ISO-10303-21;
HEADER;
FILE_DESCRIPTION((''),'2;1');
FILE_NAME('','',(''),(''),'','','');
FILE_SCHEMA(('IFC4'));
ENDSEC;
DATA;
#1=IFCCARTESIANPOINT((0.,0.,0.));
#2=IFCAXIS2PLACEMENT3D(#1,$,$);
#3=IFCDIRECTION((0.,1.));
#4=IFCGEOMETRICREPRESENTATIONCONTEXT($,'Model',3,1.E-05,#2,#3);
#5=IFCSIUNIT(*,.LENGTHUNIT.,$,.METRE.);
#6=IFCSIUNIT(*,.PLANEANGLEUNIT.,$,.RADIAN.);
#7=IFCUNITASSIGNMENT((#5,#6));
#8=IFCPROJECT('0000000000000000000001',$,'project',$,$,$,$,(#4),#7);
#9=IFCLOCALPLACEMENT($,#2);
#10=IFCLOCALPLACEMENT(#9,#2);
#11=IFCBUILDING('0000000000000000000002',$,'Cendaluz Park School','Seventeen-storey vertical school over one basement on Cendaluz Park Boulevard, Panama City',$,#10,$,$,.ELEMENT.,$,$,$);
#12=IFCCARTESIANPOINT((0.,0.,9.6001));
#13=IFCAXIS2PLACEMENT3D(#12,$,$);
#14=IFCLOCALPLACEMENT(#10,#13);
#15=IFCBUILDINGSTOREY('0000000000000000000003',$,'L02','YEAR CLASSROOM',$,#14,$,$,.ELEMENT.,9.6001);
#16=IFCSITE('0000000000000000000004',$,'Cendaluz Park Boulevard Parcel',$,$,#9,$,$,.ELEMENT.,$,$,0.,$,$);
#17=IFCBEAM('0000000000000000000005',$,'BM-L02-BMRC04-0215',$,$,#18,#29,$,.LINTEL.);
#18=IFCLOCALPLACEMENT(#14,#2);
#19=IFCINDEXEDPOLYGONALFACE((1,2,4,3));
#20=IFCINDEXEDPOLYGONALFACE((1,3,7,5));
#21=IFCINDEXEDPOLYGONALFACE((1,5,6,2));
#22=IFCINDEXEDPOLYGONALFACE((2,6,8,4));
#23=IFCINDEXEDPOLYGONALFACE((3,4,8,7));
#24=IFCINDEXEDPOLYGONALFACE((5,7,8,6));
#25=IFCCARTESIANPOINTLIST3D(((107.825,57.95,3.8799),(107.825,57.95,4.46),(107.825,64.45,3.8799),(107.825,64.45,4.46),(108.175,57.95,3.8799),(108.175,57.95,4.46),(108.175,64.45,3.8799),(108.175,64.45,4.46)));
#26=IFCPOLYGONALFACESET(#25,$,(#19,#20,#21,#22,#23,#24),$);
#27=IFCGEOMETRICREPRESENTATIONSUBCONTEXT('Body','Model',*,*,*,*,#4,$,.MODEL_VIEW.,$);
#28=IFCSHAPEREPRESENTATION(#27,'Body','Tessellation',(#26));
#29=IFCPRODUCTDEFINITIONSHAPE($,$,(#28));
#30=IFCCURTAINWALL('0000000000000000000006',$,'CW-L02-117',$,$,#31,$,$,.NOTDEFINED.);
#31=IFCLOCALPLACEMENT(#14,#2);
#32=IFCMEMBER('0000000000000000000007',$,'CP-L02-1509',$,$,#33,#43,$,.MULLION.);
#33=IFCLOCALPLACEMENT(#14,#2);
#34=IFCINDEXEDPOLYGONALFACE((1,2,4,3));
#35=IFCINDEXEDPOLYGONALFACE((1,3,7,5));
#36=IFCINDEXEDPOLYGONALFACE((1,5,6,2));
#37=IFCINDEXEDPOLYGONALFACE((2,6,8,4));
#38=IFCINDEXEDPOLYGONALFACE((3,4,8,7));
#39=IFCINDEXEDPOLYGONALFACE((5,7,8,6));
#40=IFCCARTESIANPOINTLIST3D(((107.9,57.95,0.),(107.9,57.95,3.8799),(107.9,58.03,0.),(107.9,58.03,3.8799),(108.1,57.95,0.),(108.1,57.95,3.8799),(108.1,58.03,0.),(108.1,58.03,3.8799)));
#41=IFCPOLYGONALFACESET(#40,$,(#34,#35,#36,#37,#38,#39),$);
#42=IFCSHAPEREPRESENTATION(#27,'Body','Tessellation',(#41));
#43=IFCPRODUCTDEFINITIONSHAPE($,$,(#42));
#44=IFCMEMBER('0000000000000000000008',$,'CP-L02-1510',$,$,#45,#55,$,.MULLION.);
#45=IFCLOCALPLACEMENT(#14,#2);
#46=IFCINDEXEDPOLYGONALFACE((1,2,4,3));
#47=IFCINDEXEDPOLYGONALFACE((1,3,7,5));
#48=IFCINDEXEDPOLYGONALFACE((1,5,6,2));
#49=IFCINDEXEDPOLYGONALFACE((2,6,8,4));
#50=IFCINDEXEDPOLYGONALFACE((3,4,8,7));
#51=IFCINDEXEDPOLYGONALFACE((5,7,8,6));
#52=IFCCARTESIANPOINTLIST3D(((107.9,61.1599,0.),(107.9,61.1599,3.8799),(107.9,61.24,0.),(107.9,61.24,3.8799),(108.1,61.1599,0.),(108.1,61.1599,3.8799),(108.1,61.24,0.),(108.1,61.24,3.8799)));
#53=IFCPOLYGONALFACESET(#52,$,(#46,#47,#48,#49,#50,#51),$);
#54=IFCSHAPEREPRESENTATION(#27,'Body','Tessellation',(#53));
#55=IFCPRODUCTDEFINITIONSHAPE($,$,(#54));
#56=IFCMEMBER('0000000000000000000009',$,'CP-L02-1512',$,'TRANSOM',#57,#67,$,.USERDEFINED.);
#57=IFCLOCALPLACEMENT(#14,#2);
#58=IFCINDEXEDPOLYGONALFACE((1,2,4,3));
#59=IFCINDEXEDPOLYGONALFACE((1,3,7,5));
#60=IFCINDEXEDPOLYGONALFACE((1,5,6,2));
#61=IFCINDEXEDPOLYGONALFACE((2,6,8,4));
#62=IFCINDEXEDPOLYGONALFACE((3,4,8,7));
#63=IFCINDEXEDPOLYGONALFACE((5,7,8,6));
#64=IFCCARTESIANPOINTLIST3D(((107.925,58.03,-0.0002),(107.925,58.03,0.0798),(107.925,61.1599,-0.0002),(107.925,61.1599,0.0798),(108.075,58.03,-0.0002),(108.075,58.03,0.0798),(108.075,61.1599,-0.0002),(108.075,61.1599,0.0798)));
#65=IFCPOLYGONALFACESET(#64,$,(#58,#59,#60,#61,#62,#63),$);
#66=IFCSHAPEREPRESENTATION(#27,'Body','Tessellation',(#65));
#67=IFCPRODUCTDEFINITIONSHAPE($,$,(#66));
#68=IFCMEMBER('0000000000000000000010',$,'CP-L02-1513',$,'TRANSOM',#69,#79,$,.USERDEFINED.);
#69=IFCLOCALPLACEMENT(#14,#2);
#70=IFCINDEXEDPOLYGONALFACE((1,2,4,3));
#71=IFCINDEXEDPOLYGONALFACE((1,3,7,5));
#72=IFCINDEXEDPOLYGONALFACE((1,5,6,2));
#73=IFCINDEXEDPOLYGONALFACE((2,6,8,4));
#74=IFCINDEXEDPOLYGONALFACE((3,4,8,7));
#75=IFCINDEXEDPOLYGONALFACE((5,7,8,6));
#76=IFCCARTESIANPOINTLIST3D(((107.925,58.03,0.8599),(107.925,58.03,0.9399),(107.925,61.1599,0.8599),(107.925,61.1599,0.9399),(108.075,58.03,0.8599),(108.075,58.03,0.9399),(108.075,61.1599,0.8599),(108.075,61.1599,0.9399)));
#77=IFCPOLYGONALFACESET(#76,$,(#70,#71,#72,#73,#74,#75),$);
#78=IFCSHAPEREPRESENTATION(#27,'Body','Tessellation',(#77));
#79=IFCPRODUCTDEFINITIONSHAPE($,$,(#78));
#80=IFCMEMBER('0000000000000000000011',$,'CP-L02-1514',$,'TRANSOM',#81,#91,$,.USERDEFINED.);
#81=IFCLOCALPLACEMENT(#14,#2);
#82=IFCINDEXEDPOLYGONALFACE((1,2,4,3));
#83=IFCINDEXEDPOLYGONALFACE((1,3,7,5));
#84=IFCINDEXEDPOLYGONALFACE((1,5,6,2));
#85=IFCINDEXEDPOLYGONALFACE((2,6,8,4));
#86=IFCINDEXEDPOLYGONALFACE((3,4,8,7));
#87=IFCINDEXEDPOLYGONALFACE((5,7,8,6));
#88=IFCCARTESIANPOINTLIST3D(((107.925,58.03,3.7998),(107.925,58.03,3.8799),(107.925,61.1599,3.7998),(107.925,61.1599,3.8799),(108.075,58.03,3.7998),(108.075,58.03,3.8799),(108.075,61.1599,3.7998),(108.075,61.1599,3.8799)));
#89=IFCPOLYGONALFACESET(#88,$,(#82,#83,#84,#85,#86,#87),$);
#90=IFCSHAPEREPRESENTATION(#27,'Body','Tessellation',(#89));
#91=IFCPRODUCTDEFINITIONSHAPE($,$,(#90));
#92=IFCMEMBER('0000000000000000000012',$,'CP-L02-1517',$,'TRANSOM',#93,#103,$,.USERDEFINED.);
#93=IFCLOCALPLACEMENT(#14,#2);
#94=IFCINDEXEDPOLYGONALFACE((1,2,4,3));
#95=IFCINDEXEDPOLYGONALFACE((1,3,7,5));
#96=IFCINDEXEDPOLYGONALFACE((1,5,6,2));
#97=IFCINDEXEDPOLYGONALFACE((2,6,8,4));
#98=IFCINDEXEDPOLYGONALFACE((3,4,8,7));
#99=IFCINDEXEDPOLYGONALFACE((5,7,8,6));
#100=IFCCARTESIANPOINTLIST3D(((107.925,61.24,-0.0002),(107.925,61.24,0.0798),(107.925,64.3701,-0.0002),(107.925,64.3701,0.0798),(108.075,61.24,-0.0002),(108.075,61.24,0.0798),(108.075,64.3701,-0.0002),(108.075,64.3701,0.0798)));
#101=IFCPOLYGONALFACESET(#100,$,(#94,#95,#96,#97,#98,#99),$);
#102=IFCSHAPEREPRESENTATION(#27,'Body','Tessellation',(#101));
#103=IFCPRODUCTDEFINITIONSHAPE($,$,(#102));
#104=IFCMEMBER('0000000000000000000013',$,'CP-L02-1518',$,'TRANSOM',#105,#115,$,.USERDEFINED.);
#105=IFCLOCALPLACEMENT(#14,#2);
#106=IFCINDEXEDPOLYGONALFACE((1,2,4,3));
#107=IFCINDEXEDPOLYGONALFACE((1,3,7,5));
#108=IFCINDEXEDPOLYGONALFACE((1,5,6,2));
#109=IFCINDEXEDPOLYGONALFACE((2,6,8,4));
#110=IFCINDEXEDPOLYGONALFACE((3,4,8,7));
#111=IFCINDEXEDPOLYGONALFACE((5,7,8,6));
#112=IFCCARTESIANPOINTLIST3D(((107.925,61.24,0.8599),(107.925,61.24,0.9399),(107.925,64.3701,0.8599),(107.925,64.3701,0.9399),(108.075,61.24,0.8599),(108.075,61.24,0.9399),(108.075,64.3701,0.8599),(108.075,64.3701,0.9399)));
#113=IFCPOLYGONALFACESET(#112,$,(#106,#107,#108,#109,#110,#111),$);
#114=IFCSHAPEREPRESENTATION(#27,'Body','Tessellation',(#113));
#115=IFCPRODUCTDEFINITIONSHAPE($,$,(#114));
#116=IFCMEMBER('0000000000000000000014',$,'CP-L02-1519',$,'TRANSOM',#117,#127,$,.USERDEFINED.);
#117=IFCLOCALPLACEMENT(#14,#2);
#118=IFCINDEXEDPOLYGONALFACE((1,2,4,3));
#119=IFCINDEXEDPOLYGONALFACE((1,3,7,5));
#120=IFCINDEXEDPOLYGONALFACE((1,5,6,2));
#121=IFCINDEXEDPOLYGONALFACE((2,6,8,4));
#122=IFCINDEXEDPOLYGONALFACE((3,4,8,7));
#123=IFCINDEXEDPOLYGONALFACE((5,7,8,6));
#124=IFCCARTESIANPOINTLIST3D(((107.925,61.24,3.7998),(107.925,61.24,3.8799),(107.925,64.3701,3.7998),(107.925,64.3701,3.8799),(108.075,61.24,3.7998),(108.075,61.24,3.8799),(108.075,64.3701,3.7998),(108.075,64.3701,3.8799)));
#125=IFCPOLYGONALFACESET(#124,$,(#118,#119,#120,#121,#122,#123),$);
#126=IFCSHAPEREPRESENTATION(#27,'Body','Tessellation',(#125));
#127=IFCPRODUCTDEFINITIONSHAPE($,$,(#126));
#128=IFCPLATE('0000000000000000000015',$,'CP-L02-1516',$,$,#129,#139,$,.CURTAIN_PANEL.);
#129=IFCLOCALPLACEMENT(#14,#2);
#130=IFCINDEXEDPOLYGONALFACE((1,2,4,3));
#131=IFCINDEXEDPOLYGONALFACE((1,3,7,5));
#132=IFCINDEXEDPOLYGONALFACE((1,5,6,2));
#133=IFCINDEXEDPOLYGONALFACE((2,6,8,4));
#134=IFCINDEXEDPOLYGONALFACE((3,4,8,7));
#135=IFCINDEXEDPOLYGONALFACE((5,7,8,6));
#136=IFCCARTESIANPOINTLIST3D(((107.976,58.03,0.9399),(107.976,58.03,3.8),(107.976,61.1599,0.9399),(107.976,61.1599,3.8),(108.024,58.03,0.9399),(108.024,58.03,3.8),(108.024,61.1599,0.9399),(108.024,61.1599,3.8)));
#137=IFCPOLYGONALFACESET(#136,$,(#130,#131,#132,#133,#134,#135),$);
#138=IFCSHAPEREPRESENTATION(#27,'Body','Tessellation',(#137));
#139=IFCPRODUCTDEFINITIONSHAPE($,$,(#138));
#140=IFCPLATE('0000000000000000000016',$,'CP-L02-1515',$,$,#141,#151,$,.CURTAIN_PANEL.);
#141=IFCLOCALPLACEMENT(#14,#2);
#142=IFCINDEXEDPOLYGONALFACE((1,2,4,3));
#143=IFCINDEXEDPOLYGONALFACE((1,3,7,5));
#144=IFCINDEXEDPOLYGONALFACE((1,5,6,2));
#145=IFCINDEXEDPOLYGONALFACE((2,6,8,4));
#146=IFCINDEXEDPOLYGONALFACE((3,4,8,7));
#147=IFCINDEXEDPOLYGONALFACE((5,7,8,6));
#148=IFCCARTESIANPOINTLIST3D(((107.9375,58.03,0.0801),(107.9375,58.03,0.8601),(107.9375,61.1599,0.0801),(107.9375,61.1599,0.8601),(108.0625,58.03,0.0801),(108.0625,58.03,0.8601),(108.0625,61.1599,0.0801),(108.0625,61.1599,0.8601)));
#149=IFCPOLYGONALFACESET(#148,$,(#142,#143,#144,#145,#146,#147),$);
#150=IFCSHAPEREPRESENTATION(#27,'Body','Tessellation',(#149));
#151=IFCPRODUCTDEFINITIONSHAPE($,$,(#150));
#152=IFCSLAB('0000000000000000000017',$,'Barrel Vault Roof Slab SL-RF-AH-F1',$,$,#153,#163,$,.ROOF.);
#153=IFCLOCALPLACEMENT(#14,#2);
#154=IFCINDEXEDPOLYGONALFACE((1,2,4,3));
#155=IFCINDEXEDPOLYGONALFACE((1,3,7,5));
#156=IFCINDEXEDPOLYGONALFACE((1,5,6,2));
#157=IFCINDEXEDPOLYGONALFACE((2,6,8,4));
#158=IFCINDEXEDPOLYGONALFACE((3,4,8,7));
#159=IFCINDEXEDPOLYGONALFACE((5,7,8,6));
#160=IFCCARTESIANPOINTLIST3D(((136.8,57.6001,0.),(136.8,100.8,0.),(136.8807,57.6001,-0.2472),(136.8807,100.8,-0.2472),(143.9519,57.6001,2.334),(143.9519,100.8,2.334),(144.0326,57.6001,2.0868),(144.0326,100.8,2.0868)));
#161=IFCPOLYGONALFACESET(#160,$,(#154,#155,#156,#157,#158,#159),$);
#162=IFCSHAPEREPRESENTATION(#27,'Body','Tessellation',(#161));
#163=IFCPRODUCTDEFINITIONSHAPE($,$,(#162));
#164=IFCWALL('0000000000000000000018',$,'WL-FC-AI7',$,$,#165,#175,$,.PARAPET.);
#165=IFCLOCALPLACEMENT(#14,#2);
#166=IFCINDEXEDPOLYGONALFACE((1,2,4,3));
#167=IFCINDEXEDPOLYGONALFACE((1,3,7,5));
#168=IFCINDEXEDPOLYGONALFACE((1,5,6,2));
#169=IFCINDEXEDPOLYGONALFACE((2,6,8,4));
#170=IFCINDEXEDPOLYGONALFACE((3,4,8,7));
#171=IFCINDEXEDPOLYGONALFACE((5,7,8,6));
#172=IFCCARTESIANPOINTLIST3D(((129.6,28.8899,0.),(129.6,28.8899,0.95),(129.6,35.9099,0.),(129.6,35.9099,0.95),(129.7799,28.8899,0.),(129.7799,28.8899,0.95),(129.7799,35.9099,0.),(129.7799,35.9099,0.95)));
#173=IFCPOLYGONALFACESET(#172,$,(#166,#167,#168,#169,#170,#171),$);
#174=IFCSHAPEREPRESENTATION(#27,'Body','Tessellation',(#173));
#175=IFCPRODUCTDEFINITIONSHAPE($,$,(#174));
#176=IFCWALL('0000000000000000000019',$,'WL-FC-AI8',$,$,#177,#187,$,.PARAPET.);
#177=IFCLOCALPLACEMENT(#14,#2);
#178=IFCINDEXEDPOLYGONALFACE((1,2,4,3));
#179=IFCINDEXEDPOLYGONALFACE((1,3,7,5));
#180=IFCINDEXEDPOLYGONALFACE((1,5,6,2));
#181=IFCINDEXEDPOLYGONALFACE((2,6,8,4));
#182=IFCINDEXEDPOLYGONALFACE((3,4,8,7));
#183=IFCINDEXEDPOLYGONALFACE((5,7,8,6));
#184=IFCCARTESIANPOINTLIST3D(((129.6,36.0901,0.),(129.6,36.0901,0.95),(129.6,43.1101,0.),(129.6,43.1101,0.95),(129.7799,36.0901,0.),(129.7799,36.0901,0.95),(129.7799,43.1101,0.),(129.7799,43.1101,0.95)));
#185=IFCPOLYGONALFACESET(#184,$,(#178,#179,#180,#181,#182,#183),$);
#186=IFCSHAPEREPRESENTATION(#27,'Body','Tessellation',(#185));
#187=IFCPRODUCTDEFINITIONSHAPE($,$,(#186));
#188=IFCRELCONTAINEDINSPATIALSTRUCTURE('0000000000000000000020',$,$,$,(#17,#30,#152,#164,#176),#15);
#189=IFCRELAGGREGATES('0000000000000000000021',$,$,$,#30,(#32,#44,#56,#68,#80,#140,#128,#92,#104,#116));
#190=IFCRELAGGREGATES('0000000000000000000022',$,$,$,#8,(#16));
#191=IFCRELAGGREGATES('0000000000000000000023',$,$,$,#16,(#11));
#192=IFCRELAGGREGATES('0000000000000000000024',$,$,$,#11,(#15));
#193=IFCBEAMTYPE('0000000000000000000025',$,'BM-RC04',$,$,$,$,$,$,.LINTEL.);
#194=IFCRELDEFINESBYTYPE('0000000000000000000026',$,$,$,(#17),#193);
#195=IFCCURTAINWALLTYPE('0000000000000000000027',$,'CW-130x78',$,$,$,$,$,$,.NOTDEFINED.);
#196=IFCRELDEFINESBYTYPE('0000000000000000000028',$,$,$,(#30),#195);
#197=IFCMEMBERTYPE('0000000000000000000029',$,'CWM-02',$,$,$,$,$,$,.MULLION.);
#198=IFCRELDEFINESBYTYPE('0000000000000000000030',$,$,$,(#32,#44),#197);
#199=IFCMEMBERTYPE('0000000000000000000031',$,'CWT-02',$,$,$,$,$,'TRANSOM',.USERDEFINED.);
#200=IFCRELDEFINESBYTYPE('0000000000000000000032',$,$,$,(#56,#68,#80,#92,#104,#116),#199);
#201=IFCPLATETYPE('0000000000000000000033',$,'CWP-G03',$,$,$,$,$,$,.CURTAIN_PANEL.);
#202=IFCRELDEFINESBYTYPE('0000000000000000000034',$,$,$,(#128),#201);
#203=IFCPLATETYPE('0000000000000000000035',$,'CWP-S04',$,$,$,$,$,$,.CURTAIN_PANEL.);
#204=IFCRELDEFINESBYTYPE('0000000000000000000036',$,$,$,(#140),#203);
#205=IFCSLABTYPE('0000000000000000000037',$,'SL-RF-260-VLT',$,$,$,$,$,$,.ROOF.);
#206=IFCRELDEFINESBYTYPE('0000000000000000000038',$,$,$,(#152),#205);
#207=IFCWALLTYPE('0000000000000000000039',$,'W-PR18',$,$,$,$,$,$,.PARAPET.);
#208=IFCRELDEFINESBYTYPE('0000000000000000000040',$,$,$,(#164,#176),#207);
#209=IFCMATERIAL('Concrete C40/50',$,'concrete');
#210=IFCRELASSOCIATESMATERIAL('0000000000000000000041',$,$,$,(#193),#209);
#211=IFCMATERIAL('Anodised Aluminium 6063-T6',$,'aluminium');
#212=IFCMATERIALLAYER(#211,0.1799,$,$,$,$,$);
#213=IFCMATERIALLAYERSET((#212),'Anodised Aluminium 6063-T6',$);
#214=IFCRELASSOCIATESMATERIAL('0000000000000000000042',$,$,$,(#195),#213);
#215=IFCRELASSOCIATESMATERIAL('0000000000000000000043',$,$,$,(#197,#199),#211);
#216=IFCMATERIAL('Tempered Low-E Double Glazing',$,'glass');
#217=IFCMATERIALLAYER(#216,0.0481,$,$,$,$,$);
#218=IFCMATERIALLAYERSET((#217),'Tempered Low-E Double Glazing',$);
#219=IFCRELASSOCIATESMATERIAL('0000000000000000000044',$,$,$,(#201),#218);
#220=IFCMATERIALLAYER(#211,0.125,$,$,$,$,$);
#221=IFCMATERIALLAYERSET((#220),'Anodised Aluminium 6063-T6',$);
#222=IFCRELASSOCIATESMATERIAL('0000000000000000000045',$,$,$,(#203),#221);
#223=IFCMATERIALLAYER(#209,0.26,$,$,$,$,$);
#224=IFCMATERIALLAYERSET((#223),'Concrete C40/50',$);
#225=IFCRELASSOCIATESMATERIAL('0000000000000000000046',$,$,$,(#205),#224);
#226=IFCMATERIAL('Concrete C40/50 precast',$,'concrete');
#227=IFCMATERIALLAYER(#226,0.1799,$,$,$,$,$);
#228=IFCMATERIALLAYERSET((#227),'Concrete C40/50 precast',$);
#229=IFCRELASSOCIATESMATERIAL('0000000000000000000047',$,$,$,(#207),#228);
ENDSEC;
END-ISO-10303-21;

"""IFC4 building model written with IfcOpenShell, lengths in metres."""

from ifc_helpers import new_model, si_unit, direction, frame, frame_2d, origin, origin_2d, place, context, subcontext, project, spatial, polyline, rectangle, outline, extrude, material, layer, layer_set, material_profile, profile_set, type_object, element, aggregate, save


model = new_model("IFC4")

# Units and contexts
model_context = context("Model", 3, precision=1e-05, world=origin(), true_north=direction((0.0, 1.0)))
body_context = subcontext(model_context, "Body", "Model", "MODEL_VIEW")
ifc_project = project(units=[si_unit("LENGTHUNIT", "METRE"), si_unit("PLANEANGLEUNIT", "RADIAN")], contexts=[model_context])

# Site, building, storey
site_placement = place(None, origin())
site = spatial("IfcSite", under=ifc_project, at=site_placement, Name="Cendaluz Park Boulevard Parcel", CompositionType="ELEMENT", RefElevation=0.0)
building_placement = place(site_placement, origin())
building = spatial("IfcBuilding", under=site, at=building_placement, Name="Cendaluz Park School", Description="Seventeen-storey vertical school over one basement on Cendaluz Park Boulevard, Panama City", CompositionType="ELEMENT")
storey_placement = place(building_placement, frame((0.0, 0.0, 9.6001)))
storey = spatial("IfcBuildingStorey", under=building, at=storey_placement, Name="L02", Description="YEAR CLASSROOM", CompositionType="ELEMENT", Elevation=9.6001)

# Beam
ifc_material_1 = material(Name="Concrete C40/50", Category="concrete")
ifc_material_profile_1 = material_profile(ifc_material_1, rectangle(XDim=0.3501, YDim=0.5801, at=origin_2d()), Name="RC 350x580", Category="concrete")
ifc_profile_set_1 = profile_set([ifc_material_profile_1], Name="Concrete C40/50")
beam_type = type_object("IfcBeamType", Name="BM-RC04", PredefinedType="LINTEL", material=ifc_profile_set_1)
beam_placement = place(storey_placement, frame((108.0, 57.95, 4.1699), z_axis=(0.0, 1.0, 0.0), x_axis=(-1.0, 0.0, 0.0)))
element("IfcBeam", 1, at=beam_placement, inside=storey, type_object=beam_type, Name="BM-L02-BMRC04-0215", PredefinedType="LINTEL", context=body_context, shape_type="SweptSolid", body=[
    extrude(rectangle(XDim=0.3501, YDim=0.5801, at=origin_2d()), origin(), (0.0, 0.0, 1.0), 6.5),
])

# Curtain wall, members, plates
ifc_material_2 = material(Name="Anodised Aluminium 6063-T6", Category="aluminium")
ifc_layer_1 = layer(ifc_material_2, 0.1799)
ifc_layer_set_1 = layer_set([ifc_layer_1], Name="Anodised Aluminium 6063-T6")
curtain_wall_type = type_object("IfcCurtainWallType", Name="CW-130x78", PredefinedType="NOTDEFINED", material=ifc_layer_set_1)
curtain_wall_placement = place(storey_placement, origin())
curtain_wall = element("IfcCurtainWall", 2, at=curtain_wall_placement, inside=storey, type_object=curtain_wall_type, Name="CW-L02-117", PredefinedType="NOTDEFINED")
ifc_material_profile_2 = material_profile(ifc_material_2, rectangle(XDim=0.2, YDim=0.0801, at=origin_2d()), Name="CWM 200x80", Category="aluminium")
ifc_profile_set_2 = profile_set([ifc_material_profile_2], Name="Anodised Aluminium 6063-T6")
member_type_1 = type_object("IfcMemberType", Name="CWM-02", PredefinedType="MULLION", material=ifc_profile_set_2)
member_1_placement = place(storey_placement, frame((108.0, 57.99, 0.0), z_axis=(0.0, 0.0, 1.0), x_axis=(-1.0, 0.0, 0.0)))
member_1 = element("IfcMember", 3, at=member_1_placement, type_object=member_type_1, Name="CP-L02-1509", PredefinedType="MULLION", context=body_context, shape_type="SweptSolid", body=[
    extrude(rectangle(XDim=0.2, YDim=0.0801, at=origin_2d()), origin(), (0.0, 0.0, 1.0), 3.8799),
])
member_2_placement = place(storey_placement, frame((108.0, 61.2, 0.0), z_axis=(0.0, 0.0, 1.0), x_axis=(-1.0, 0.0, 0.0)))
member_2 = element("IfcMember", 4, at=member_2_placement, type_object=member_type_1, Name="CP-L02-1510", PredefinedType="MULLION", context=body_context, shape_type="SweptSolid", body=[
    extrude(rectangle(XDim=0.2, YDim=0.0801, at=origin_2d()), origin(), (0.0, 0.0, 1.0), 3.8799),
])
ifc_material_profile_3 = material_profile(ifc_material_2, rectangle(XDim=0.1499, YDim=0.0801, at=origin_2d()), Name="CWT 150x80", Category="aluminium")
ifc_profile_set_3 = profile_set([ifc_material_profile_3], Name="Anodised Aluminium 6063-T6")
member_type_2 = type_object("IfcMemberType", Name="CWT-02", ElementType="TRANSOM", PredefinedType="USERDEFINED", material=ifc_profile_set_3)
member_3_placement = place(storey_placement, frame((108.0, 58.03, 0.0398), z_axis=(0.0, 1.0, 0.0), x_axis=(-1.0, 0.0, 0.0)))
member_3 = element("IfcMember", 5, at=member_3_placement, type_object=member_type_2, Name="CP-L02-1512", ObjectType="TRANSOM", PredefinedType="USERDEFINED", context=body_context, shape_type="SweptSolid", body=[
    extrude(rectangle(XDim=0.1499, YDim=0.0801, at=origin_2d()), origin(), (0.0, 0.0, 1.0), 3.1299),
])
member_4_placement = place(storey_placement, frame((108.0, 58.03, 0.8999), z_axis=(0.0, 1.0, 0.0), x_axis=(-1.0, 0.0, 0.0)))
member_4 = element("IfcMember", 6, at=member_4_placement, type_object=member_type_2, Name="CP-L02-1513", ObjectType="TRANSOM", PredefinedType="USERDEFINED", context=body_context, shape_type="SweptSolid", body=[
    extrude(rectangle(XDim=0.1499, YDim=0.0801, at=origin_2d()), origin(), (0.0, 0.0, 1.0), 3.1299),
])
member_5_placement = place(storey_placement, frame((108.0, 58.03, 3.8398), z_axis=(0.0, 1.0, 0.0), x_axis=(-1.0, 0.0, 0.0)))
member_5 = element("IfcMember", 7, at=member_5_placement, type_object=member_type_2, Name="CP-L02-1514", ObjectType="TRANSOM", PredefinedType="USERDEFINED", context=body_context, shape_type="SweptSolid", body=[
    extrude(rectangle(XDim=0.1499, YDim=0.0801, at=origin_2d()), origin(), (0.0, 0.0, 1.0), 3.1299),
])
member_6_placement = place(storey_placement, frame((108.0, 61.24, 0.0398), z_axis=(0.0, 1.0, 0.0), x_axis=(-1.0, 0.0, 0.0)))
member_6 = element("IfcMember", 8, at=member_6_placement, type_object=member_type_2, Name="CP-L02-1517", ObjectType="TRANSOM", PredefinedType="USERDEFINED", context=body_context, shape_type="SweptSolid", body=[
    extrude(rectangle(XDim=0.1499, YDim=0.0801, at=origin_2d()), origin(), (0.0, 0.0, 1.0), 3.1301),
])
member_7_placement = place(storey_placement, frame((108.0, 61.24, 0.8999), z_axis=(0.0, 1.0, 0.0), x_axis=(-1.0, 0.0, 0.0)))
member_7 = element("IfcMember", 9, at=member_7_placement, type_object=member_type_2, Name="CP-L02-1518", ObjectType="TRANSOM", PredefinedType="USERDEFINED", context=body_context, shape_type="SweptSolid", body=[
    extrude(rectangle(XDim=0.1499, YDim=0.0801, at=origin_2d()), origin(), (0.0, 0.0, 1.0), 3.1301),
])
member_8_placement = place(storey_placement, frame((108.0, 61.24, 3.8398), z_axis=(0.0, 1.0, 0.0), x_axis=(-1.0, 0.0, 0.0)))
member_8 = element("IfcMember", 10, at=member_8_placement, type_object=member_type_2, Name="CP-L02-1519", ObjectType="TRANSOM", PredefinedType="USERDEFINED", context=body_context, shape_type="SweptSolid", body=[
    extrude(rectangle(XDim=0.1499, YDim=0.0801, at=origin_2d()), origin(), (0.0, 0.0, 1.0), 3.1301),
])
ifc_material_3 = material(Name="Tempered Low-E Double Glazing", Category="glass")
ifc_layer_2 = layer(ifc_material_3, 0.0481)
ifc_layer_set_2 = layer_set([ifc_layer_2], Name="Tempered Low-E Double Glazing")
plate_type_1 = type_object("IfcPlateType", Name="CWP-G03", PredefinedType="CURTAIN_PANEL", material=ifc_layer_set_2)
plate_1_placement = place(storey_placement, frame((108.0, 59.595, 0.9399), z_axis=(0.0, 0.0, 1.0), x_axis=(0.0, 1.0, 0.0)))
plate_1 = element("IfcPlate", 11, at=plate_1_placement, type_object=plate_type_1, Name="CP-L02-1516", PredefinedType="CURTAIN_PANEL", context=body_context, shape_type="SweptSolid", body=[
    extrude(rectangle(XDim=3.1299, YDim=0.0481, at=origin_2d()), origin(), (0.0, 0.0, 1.0), 2.8601),
])
ifc_layer_3 = layer(ifc_material_2, 0.125)
ifc_layer_set_3 = layer_set([ifc_layer_3], Name="Anodised Aluminium 6063-T6")
plate_type_2 = type_object("IfcPlateType", Name="CWP-S04", PredefinedType="CURTAIN_PANEL", material=ifc_layer_set_3)
plate_2_placement = place(storey_placement, frame((108.0, 59.595, 0.0801), z_axis=(0.0, 0.0, 1.0), x_axis=(0.0, 1.0, 0.0)))
plate_2 = element("IfcPlate", 12, at=plate_2_placement, type_object=plate_type_2, Name="CP-L02-1515", PredefinedType="CURTAIN_PANEL", context=body_context, shape_type="SweptSolid", body=[
    extrude(rectangle(XDim=3.1299, YDim=0.125, at=origin_2d()), origin(), (0.0, 0.0, 1.0), 0.78),
])
aggregate(curtain_wall, [member_1, member_2, member_3, member_4, member_5, plate_2, plate_1, member_6, member_7, member_8])

# Slab
ifc_layer_4 = layer(ifc_material_1, 0.26)
ifc_layer_set_4 = layer_set([ifc_layer_4], Name="Concrete C40/50")
slab_type = type_object("IfcSlabType", Name="SL-RF-260-VLT", PredefinedType="ROOF", material=ifc_layer_set_4)
slab_placement = place(storey_placement, frame((136.8, 57.6001, 0.0), z_axis=(-0.310244, 0.0, 0.950657), x_axis=(0.950657, 0.0, 0.310244)))
element("IfcSlab", 13, at=slab_placement, inside=storey, type_object=slab_type, Name="Barrel Vault Roof Slab SL-RF-AH-F1", PredefinedType="ROOF", context=body_context, shape_type="SweptSolid", body=[
    extrude(outline(polyline([(0.0, 0.0), (7.5231, 0.0), (7.5231, 43.2), (0.0, 43.2), (0.0, 0.0)])), origin(), (0.0, 0.0, -1.0), 0.26),
])

# Walls
ifc_material_4 = material(Name="Concrete C40/50 precast", Category="concrete")
ifc_layer_5 = layer(ifc_material_4, 0.1799)
ifc_layer_set_5 = layer_set([ifc_layer_5], Name="Concrete C40/50 precast")
wall_type = type_object("IfcWallType", Name="W-PR18", PredefinedType="PARAPET", material=ifc_layer_set_5)
for number, where, z_axis, x_axis, name in (
    (14, (129.6899, 28.8899, 0.0), (0.0, 0.0, 1.0), (0.0, 1.0, 0.0), "WL-FC-AI7"),
    (15, (129.6899, 36.0901, 0.0), (0.0, 0.0, 1.0), (0.0, 1.0, 0.0), "WL-FC-AI8"),
):
    element("IfcWall", number, at=place(storey_placement, frame(where, z_axis=z_axis, x_axis=x_axis)), inside=storey, type_object=wall_type, Name=name, PredefinedType="PARAPET", context=body_context, shape_type="SweptSolid", body=[
        extrude(rectangle(XDim=7.02, YDim=0.1799, at=frame_2d((3.51, 0.0))), origin(), (0.0, 0.0, 1.0), 0.95),
    ])

save(model, "model.ifc")
